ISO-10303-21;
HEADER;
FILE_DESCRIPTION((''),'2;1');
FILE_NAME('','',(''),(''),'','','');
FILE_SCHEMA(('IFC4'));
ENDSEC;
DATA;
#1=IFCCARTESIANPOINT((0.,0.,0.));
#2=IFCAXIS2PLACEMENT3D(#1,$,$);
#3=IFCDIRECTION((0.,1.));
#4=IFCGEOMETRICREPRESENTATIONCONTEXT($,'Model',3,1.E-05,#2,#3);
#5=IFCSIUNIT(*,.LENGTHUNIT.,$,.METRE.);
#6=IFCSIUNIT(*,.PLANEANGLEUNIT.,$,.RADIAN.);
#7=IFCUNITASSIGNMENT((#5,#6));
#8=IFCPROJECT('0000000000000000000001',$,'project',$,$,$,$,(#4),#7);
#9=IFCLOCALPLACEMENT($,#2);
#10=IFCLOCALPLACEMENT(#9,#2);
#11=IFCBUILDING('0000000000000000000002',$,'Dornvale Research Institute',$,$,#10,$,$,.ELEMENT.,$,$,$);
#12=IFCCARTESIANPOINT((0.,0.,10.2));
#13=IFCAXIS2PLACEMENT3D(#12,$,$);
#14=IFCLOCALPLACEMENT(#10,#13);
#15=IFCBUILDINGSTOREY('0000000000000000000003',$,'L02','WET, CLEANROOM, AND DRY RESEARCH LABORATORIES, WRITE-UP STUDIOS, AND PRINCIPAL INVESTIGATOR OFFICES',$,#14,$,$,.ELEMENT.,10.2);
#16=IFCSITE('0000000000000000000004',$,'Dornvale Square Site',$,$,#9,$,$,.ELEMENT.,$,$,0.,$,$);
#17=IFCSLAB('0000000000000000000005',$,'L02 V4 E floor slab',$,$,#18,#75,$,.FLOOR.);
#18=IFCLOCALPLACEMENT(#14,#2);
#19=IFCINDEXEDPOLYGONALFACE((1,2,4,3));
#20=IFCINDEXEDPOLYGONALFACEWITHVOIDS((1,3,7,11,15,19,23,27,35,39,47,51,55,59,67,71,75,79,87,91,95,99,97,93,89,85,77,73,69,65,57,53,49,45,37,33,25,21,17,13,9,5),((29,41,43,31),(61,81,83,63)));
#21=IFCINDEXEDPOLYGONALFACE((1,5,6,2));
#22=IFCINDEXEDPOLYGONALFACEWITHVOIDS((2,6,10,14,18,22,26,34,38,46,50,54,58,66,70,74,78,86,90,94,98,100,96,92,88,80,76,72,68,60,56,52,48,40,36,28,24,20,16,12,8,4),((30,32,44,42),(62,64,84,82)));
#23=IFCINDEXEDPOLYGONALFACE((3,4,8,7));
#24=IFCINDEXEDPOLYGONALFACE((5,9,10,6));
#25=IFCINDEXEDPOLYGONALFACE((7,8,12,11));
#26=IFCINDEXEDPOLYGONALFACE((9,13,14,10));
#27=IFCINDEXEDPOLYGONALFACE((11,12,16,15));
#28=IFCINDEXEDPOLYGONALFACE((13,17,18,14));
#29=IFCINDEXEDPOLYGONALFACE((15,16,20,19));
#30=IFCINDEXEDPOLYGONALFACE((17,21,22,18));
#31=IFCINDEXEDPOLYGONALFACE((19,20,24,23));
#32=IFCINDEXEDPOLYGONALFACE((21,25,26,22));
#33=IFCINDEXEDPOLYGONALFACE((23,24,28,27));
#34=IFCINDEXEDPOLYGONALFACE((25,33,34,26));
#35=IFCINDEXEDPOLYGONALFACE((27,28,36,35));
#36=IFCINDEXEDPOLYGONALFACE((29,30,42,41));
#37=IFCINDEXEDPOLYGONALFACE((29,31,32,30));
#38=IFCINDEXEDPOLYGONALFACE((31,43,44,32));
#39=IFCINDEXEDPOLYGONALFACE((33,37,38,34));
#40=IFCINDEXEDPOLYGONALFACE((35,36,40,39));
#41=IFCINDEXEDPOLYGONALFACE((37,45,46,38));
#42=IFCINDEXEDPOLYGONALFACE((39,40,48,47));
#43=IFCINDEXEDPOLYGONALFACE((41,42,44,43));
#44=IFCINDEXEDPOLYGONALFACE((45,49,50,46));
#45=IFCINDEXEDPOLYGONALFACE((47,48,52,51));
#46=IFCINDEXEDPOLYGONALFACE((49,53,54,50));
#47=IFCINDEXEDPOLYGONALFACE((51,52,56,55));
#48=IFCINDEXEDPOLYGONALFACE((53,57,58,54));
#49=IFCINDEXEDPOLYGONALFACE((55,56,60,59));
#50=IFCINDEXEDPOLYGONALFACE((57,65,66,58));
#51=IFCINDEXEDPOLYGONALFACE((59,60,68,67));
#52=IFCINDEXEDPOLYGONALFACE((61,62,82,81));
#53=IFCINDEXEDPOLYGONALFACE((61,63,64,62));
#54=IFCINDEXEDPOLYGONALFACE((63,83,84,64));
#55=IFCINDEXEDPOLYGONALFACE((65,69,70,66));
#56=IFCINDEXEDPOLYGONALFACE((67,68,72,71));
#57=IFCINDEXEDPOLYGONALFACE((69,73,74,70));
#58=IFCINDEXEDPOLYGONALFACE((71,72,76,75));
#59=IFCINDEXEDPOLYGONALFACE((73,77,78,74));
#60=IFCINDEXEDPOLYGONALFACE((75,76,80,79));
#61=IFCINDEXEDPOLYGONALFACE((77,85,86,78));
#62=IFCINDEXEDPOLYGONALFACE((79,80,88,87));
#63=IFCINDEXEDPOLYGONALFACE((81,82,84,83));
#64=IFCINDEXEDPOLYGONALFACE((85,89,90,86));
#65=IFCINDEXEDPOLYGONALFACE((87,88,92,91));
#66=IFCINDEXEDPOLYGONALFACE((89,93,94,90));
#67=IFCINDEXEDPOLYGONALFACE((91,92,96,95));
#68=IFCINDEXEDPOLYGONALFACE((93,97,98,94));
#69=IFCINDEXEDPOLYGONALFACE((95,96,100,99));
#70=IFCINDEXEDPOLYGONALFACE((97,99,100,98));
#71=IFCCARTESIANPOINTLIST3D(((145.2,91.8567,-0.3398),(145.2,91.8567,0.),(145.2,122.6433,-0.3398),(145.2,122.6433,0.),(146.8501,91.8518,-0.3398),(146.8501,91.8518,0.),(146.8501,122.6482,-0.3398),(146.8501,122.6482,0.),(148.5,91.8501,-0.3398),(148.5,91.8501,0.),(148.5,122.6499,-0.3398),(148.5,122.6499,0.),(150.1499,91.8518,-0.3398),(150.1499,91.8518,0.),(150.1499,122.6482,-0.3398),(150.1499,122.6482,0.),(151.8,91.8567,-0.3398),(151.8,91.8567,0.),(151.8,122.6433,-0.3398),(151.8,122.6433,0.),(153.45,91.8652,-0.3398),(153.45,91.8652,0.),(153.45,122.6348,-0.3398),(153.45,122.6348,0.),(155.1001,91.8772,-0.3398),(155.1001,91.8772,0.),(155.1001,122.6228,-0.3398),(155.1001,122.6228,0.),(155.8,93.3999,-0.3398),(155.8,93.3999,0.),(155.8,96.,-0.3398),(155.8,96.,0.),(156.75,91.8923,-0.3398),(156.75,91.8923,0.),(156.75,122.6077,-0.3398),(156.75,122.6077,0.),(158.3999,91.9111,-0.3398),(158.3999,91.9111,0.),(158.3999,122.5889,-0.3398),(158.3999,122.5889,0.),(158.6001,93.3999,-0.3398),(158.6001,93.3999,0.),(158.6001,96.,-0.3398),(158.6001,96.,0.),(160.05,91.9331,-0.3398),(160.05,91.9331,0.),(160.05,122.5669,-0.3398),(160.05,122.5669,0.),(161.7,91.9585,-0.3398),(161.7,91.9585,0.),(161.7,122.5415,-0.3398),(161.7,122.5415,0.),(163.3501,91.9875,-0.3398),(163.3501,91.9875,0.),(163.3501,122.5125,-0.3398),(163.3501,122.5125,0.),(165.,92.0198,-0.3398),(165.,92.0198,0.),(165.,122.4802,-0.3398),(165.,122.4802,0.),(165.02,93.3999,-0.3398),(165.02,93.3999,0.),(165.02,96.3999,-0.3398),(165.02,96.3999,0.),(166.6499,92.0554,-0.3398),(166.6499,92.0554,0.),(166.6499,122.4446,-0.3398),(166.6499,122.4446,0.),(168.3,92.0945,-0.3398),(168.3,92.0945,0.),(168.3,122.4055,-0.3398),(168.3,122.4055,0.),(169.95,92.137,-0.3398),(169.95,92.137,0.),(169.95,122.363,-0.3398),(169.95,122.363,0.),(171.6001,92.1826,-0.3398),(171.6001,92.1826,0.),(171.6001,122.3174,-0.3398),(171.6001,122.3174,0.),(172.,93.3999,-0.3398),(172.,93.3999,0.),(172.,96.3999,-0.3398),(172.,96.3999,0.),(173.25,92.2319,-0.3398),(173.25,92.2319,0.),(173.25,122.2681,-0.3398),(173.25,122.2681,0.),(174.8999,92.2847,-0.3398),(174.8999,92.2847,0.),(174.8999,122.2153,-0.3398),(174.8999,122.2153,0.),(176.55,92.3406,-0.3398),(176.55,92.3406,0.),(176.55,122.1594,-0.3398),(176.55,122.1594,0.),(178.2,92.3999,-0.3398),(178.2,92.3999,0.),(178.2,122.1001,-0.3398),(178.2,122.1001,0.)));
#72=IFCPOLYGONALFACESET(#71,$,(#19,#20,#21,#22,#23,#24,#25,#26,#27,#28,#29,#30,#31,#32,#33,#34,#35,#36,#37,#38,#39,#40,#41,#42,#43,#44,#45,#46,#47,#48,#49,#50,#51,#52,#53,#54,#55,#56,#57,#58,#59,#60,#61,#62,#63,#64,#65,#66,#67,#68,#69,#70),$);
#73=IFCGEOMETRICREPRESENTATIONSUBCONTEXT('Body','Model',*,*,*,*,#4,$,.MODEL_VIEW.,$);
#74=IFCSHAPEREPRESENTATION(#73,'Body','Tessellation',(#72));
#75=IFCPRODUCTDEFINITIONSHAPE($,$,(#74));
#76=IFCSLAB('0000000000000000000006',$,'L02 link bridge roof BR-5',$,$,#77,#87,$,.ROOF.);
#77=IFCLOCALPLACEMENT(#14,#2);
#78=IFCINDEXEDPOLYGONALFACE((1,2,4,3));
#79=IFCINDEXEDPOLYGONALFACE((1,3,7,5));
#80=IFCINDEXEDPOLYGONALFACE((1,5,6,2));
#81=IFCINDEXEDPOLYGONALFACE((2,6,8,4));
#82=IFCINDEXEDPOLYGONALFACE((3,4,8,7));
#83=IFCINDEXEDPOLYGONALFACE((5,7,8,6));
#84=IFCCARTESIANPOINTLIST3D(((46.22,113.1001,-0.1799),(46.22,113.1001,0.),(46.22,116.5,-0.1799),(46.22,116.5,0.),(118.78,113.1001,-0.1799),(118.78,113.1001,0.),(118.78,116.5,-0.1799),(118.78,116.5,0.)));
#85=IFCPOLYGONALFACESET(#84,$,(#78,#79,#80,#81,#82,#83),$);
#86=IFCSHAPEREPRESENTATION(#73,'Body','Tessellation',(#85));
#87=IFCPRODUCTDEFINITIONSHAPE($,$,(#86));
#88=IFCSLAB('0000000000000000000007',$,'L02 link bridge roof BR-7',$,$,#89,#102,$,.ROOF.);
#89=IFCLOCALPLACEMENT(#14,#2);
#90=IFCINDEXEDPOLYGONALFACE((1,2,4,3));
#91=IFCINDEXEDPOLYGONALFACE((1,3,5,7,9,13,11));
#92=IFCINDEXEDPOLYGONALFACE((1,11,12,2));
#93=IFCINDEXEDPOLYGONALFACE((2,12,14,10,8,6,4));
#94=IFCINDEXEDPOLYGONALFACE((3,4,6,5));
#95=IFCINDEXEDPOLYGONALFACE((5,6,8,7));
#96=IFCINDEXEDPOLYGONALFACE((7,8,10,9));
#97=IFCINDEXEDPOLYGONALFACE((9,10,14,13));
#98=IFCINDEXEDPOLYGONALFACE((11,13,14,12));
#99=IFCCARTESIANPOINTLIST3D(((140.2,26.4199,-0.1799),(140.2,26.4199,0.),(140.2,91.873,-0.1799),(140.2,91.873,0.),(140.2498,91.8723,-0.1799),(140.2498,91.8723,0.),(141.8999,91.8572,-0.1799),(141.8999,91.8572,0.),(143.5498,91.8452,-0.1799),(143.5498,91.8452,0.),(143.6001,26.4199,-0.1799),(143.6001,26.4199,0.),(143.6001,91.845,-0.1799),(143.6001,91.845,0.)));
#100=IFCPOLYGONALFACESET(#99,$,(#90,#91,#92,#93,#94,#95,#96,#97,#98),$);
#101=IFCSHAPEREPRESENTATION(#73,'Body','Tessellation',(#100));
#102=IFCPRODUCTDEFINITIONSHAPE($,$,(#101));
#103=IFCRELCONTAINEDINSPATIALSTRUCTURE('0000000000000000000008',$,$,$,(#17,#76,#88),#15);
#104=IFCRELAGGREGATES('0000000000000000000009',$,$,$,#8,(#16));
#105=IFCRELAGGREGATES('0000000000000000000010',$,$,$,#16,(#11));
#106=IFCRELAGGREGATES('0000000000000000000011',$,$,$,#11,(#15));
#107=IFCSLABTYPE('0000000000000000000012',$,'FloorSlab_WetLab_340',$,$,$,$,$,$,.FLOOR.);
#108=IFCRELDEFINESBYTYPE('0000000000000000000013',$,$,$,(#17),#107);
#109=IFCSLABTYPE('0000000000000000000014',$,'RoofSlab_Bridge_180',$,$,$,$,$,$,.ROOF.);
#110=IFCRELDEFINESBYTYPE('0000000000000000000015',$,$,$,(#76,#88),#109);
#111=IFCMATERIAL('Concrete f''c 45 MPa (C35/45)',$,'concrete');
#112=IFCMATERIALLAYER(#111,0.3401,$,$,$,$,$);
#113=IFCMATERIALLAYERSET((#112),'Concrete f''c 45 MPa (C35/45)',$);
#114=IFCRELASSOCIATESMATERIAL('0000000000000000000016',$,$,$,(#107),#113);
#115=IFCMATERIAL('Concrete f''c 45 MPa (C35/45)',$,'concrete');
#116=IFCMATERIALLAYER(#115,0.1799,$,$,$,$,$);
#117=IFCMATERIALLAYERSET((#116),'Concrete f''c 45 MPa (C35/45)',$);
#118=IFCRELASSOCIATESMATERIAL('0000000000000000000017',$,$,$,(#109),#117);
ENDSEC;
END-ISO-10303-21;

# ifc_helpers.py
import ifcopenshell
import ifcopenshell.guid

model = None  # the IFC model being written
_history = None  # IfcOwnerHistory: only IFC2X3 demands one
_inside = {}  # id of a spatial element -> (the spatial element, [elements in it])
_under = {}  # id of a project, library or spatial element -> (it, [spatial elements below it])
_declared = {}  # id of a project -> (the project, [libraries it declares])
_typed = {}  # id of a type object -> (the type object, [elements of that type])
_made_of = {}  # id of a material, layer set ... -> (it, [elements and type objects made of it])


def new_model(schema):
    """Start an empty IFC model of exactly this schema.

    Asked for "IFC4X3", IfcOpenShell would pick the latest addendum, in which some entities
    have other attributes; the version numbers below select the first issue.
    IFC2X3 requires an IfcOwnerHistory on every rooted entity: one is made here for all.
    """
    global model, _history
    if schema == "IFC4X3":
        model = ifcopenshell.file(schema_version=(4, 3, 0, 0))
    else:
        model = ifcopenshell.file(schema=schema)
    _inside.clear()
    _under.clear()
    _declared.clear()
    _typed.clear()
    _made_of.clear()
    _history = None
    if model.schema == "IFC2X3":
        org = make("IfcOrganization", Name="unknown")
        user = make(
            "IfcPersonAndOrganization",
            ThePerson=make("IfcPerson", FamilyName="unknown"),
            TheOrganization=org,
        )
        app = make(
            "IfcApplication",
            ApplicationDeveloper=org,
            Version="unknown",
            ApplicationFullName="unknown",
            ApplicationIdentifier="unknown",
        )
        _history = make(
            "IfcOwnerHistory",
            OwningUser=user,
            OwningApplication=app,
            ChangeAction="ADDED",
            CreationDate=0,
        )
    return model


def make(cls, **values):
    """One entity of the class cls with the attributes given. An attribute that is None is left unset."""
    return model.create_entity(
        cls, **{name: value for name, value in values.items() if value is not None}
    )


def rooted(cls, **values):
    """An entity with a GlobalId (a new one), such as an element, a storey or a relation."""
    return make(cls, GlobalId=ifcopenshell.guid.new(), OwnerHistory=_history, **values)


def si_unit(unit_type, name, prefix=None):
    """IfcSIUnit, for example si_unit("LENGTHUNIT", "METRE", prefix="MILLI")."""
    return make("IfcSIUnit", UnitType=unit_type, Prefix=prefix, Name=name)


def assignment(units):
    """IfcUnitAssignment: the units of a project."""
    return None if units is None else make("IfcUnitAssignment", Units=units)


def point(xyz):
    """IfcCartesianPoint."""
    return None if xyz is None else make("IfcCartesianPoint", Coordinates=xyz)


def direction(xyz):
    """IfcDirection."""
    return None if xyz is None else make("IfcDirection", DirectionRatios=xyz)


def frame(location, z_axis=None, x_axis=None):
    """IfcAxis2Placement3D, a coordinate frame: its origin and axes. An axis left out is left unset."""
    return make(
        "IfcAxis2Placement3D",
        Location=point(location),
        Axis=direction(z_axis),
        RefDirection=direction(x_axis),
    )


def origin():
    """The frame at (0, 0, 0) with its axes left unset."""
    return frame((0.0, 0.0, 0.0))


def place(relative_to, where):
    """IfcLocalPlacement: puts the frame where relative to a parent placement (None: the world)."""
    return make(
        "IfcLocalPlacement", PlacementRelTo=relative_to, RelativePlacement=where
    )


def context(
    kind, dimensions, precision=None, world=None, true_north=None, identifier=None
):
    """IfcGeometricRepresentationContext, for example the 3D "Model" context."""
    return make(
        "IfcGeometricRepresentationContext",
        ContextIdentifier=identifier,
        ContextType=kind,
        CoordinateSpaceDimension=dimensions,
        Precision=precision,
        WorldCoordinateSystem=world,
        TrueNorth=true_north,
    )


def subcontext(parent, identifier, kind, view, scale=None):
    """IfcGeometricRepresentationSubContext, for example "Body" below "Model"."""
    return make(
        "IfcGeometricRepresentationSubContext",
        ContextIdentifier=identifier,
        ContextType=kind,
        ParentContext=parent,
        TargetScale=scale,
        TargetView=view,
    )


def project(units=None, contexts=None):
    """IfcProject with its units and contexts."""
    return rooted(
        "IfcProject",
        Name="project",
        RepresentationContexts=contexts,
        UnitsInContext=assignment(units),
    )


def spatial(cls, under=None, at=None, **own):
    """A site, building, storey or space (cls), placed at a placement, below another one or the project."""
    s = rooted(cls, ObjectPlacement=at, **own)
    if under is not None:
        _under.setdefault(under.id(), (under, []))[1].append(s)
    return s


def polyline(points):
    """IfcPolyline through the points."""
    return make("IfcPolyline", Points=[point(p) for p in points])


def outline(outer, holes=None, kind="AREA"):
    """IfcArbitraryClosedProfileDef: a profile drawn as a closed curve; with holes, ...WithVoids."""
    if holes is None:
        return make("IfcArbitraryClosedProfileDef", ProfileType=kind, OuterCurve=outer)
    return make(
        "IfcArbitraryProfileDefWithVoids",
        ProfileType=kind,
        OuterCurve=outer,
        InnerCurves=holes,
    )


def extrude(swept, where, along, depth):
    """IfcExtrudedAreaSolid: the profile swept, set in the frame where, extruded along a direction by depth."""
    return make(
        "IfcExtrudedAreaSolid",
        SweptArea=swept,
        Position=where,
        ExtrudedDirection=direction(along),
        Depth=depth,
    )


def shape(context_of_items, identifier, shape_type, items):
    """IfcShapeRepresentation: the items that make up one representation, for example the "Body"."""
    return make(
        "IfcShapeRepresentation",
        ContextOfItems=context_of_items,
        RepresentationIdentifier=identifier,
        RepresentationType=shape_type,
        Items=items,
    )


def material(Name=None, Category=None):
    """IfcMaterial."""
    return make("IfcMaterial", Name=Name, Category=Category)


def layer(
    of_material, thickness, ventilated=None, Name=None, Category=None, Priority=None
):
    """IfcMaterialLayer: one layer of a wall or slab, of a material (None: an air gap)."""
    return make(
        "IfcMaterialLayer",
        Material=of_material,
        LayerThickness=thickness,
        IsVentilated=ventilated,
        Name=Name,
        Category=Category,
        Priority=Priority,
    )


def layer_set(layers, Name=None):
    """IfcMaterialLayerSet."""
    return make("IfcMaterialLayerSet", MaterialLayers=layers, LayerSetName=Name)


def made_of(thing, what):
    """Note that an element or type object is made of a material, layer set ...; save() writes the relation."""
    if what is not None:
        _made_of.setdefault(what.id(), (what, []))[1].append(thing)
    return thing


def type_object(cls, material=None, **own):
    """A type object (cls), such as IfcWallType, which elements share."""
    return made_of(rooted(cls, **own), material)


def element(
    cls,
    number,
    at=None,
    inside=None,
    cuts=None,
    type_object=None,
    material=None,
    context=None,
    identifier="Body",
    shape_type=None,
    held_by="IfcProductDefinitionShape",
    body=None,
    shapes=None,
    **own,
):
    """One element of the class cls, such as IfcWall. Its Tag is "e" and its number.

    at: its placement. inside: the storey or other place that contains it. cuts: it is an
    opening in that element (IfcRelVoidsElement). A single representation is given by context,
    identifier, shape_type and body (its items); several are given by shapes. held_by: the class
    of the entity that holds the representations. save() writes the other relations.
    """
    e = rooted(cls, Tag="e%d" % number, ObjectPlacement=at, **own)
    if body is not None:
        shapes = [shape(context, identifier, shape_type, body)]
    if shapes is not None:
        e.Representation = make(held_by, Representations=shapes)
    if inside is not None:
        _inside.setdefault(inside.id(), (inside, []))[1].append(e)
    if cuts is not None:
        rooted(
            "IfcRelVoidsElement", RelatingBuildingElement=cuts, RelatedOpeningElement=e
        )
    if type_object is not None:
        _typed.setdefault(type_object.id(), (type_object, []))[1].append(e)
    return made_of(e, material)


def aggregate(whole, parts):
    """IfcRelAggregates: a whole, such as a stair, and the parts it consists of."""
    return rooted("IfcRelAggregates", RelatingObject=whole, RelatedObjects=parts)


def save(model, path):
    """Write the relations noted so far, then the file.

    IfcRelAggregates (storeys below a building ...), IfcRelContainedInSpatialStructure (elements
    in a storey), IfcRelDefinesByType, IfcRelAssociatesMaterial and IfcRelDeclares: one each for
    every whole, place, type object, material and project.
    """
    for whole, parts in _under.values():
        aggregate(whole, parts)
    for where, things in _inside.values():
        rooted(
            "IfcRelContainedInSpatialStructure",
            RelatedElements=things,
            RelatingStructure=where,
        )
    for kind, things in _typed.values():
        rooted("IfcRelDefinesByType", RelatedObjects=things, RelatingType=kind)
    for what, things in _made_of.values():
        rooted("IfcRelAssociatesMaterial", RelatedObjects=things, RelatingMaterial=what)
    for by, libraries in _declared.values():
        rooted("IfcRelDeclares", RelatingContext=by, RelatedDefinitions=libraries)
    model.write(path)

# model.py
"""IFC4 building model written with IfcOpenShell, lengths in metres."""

from ifc_helpers import new_model, si_unit, direction, frame, origin, place, context, subcontext, project, spatial, polyline, outline, extrude, material, layer, layer_set, type_object, element, save


model = new_model("IFC4")

# Units and contexts
model_context = context("Model", 3, precision=1e-05, world=origin(), true_north=direction((0.0, 1.0)))
body_context = subcontext(model_context, "Body", "Model", "MODEL_VIEW")
ifc_project = project(units=[si_unit("LENGTHUNIT", "METRE"), si_unit("PLANEANGLEUNIT", "RADIAN")], contexts=[model_context])

# Site, building, storey
site_placement = place(None, origin())
site = spatial("IfcSite", under=ifc_project, at=site_placement, Name="Dornvale Square Site", CompositionType="ELEMENT", RefElevation=0.0)
building_placement = place(site_placement, origin())
building = spatial("IfcBuilding", under=site, at=building_placement, Name="Dornvale Research Institute", CompositionType="ELEMENT")
storey_placement = place(building_placement, frame((0.0, 0.0, 10.2)))
storey = spatial("IfcBuildingStorey", under=building, at=storey_placement, Name="L02", Description="WET, CLEANROOM, AND DRY RESEARCH LABORATORIES, WRITE-UP STUDIOS, AND PRINCIPAL INVESTIGATOR OFFICES", CompositionType="ELEMENT", Elevation=10.2)

# Slabs
ifc_material_1 = material(Name="Concrete f'c 45 MPa (C35/45)", Category="concrete")
ifc_layer_1 = layer(ifc_material_1, 0.3401)
ifc_layer_set_1 = layer_set([ifc_layer_1], Name="Concrete f'c 45 MPa (C35/45)")
slab_type_1 = type_object("IfcSlabType", Name="FloorSlab_WetLab_340", PredefinedType="FLOOR", material=ifc_layer_set_1)
slab_1_placement = place(storey_placement, frame((0.0, 0.0, -0.3398)))
element("IfcSlab", 1, at=slab_1_placement, inside=storey, type_object=slab_type_1, Name="L02 V4 E floor slab", PredefinedType="FLOOR", context=body_context, shape_type="SweptSolid", body=[
    extrude(outline(polyline([(146.8501, 122.6482), (148.5, 122.6499), (150.1499, 122.6482), (151.8, 122.6433), (153.45, 122.6348), (155.1001, 122.6228), (156.75, 122.6077), (158.3999, 122.5889), (160.05, 122.5669), (161.7, 122.5415), (163.3501, 122.5125), (165.0, 122.4802), (166.6499, 122.4446), (168.3, 122.4055), (169.95, 122.363), (171.6001, 122.3174), (173.25, 122.2681), (174.8999, 122.2153), (176.55, 122.1594), (178.2, 122.1001), (178.2, 92.3999), (176.55, 92.3406), (174.8999, 92.2847), (173.25, 92.2319), (171.6001, 92.1826), (169.95, 92.137), (168.3, 92.0945), (166.6499, 92.0554), (165.0, 92.0198), (163.3501, 91.9875), (161.7, 91.9585), (160.05, 91.9331), (158.3999, 91.9111), (156.75, 91.8923), (155.1001, 91.8772), (153.45, 91.8652), (151.8, 91.8567), (150.1499, 91.8518), (148.5, 91.8501), (146.8501, 91.8518), (145.2, 91.8567), (145.2, 122.6433), (146.8501, 122.6482)]), holes=[polyline([(165.02, 93.3999), (172.0, 93.3999), (172.0, 96.3999), (165.02, 96.3999), (165.02, 93.3999)]), polyline([(155.8, 93.3999), (158.6001, 93.3999), (158.6001, 96.0), (155.8, 96.0), (155.8, 93.3999)])]), origin(), (0.0, 0.0, 1.0), 0.3398),
])
ifc_material_2 = material(Name="Concrete f'c 45 MPa (C35/45)", Category="concrete")
ifc_layer_2 = layer(ifc_material_2, 0.1799)
ifc_layer_set_2 = layer_set([ifc_layer_2], Name="Concrete f'c 45 MPa (C35/45)")
slab_type_2 = type_object("IfcSlabType", Name="RoofSlab_Bridge_180", PredefinedType="ROOF", material=ifc_layer_set_2)
slab_2_placement = place(storey_placement, frame((0.0, 0.0, -0.1799)))
element("IfcSlab", 2, at=slab_2_placement, inside=storey, type_object=slab_type_2, Name="L02 link bridge roof BR-5", PredefinedType="ROOF", context=body_context, shape_type="SweptSolid", body=[
    extrude(outline(polyline([(118.78, 113.1001), (46.22, 113.1001), (46.22, 116.5), (118.78, 116.5), (118.78, 113.1001)])), origin(), (0.0, 0.0, 1.0), 0.1799),
])
slab_3_placement = place(storey_placement, frame((0.0, 0.0, -0.1799)))
element("IfcSlab", 3, at=slab_3_placement, inside=storey, type_object=slab_type_2, Name="L02 link bridge roof BR-7", PredefinedType="ROOF", context=body_context, shape_type="SweptSolid", body=[
    extrude(outline(polyline([(140.2, 91.873), (140.2498, 91.8723), (140.2498, 91.8723), (141.8999, 91.8572), (141.8999, 91.8572), (143.5498, 91.8452), (143.5498, 91.8452), (143.6001, 91.845), (143.6001, 26.4199), (140.2, 26.4199), (140.2, 91.873)])), origin(), (0.0, 0.0, 1.0), 0.1799),
])

save(model, "model.ifc")
